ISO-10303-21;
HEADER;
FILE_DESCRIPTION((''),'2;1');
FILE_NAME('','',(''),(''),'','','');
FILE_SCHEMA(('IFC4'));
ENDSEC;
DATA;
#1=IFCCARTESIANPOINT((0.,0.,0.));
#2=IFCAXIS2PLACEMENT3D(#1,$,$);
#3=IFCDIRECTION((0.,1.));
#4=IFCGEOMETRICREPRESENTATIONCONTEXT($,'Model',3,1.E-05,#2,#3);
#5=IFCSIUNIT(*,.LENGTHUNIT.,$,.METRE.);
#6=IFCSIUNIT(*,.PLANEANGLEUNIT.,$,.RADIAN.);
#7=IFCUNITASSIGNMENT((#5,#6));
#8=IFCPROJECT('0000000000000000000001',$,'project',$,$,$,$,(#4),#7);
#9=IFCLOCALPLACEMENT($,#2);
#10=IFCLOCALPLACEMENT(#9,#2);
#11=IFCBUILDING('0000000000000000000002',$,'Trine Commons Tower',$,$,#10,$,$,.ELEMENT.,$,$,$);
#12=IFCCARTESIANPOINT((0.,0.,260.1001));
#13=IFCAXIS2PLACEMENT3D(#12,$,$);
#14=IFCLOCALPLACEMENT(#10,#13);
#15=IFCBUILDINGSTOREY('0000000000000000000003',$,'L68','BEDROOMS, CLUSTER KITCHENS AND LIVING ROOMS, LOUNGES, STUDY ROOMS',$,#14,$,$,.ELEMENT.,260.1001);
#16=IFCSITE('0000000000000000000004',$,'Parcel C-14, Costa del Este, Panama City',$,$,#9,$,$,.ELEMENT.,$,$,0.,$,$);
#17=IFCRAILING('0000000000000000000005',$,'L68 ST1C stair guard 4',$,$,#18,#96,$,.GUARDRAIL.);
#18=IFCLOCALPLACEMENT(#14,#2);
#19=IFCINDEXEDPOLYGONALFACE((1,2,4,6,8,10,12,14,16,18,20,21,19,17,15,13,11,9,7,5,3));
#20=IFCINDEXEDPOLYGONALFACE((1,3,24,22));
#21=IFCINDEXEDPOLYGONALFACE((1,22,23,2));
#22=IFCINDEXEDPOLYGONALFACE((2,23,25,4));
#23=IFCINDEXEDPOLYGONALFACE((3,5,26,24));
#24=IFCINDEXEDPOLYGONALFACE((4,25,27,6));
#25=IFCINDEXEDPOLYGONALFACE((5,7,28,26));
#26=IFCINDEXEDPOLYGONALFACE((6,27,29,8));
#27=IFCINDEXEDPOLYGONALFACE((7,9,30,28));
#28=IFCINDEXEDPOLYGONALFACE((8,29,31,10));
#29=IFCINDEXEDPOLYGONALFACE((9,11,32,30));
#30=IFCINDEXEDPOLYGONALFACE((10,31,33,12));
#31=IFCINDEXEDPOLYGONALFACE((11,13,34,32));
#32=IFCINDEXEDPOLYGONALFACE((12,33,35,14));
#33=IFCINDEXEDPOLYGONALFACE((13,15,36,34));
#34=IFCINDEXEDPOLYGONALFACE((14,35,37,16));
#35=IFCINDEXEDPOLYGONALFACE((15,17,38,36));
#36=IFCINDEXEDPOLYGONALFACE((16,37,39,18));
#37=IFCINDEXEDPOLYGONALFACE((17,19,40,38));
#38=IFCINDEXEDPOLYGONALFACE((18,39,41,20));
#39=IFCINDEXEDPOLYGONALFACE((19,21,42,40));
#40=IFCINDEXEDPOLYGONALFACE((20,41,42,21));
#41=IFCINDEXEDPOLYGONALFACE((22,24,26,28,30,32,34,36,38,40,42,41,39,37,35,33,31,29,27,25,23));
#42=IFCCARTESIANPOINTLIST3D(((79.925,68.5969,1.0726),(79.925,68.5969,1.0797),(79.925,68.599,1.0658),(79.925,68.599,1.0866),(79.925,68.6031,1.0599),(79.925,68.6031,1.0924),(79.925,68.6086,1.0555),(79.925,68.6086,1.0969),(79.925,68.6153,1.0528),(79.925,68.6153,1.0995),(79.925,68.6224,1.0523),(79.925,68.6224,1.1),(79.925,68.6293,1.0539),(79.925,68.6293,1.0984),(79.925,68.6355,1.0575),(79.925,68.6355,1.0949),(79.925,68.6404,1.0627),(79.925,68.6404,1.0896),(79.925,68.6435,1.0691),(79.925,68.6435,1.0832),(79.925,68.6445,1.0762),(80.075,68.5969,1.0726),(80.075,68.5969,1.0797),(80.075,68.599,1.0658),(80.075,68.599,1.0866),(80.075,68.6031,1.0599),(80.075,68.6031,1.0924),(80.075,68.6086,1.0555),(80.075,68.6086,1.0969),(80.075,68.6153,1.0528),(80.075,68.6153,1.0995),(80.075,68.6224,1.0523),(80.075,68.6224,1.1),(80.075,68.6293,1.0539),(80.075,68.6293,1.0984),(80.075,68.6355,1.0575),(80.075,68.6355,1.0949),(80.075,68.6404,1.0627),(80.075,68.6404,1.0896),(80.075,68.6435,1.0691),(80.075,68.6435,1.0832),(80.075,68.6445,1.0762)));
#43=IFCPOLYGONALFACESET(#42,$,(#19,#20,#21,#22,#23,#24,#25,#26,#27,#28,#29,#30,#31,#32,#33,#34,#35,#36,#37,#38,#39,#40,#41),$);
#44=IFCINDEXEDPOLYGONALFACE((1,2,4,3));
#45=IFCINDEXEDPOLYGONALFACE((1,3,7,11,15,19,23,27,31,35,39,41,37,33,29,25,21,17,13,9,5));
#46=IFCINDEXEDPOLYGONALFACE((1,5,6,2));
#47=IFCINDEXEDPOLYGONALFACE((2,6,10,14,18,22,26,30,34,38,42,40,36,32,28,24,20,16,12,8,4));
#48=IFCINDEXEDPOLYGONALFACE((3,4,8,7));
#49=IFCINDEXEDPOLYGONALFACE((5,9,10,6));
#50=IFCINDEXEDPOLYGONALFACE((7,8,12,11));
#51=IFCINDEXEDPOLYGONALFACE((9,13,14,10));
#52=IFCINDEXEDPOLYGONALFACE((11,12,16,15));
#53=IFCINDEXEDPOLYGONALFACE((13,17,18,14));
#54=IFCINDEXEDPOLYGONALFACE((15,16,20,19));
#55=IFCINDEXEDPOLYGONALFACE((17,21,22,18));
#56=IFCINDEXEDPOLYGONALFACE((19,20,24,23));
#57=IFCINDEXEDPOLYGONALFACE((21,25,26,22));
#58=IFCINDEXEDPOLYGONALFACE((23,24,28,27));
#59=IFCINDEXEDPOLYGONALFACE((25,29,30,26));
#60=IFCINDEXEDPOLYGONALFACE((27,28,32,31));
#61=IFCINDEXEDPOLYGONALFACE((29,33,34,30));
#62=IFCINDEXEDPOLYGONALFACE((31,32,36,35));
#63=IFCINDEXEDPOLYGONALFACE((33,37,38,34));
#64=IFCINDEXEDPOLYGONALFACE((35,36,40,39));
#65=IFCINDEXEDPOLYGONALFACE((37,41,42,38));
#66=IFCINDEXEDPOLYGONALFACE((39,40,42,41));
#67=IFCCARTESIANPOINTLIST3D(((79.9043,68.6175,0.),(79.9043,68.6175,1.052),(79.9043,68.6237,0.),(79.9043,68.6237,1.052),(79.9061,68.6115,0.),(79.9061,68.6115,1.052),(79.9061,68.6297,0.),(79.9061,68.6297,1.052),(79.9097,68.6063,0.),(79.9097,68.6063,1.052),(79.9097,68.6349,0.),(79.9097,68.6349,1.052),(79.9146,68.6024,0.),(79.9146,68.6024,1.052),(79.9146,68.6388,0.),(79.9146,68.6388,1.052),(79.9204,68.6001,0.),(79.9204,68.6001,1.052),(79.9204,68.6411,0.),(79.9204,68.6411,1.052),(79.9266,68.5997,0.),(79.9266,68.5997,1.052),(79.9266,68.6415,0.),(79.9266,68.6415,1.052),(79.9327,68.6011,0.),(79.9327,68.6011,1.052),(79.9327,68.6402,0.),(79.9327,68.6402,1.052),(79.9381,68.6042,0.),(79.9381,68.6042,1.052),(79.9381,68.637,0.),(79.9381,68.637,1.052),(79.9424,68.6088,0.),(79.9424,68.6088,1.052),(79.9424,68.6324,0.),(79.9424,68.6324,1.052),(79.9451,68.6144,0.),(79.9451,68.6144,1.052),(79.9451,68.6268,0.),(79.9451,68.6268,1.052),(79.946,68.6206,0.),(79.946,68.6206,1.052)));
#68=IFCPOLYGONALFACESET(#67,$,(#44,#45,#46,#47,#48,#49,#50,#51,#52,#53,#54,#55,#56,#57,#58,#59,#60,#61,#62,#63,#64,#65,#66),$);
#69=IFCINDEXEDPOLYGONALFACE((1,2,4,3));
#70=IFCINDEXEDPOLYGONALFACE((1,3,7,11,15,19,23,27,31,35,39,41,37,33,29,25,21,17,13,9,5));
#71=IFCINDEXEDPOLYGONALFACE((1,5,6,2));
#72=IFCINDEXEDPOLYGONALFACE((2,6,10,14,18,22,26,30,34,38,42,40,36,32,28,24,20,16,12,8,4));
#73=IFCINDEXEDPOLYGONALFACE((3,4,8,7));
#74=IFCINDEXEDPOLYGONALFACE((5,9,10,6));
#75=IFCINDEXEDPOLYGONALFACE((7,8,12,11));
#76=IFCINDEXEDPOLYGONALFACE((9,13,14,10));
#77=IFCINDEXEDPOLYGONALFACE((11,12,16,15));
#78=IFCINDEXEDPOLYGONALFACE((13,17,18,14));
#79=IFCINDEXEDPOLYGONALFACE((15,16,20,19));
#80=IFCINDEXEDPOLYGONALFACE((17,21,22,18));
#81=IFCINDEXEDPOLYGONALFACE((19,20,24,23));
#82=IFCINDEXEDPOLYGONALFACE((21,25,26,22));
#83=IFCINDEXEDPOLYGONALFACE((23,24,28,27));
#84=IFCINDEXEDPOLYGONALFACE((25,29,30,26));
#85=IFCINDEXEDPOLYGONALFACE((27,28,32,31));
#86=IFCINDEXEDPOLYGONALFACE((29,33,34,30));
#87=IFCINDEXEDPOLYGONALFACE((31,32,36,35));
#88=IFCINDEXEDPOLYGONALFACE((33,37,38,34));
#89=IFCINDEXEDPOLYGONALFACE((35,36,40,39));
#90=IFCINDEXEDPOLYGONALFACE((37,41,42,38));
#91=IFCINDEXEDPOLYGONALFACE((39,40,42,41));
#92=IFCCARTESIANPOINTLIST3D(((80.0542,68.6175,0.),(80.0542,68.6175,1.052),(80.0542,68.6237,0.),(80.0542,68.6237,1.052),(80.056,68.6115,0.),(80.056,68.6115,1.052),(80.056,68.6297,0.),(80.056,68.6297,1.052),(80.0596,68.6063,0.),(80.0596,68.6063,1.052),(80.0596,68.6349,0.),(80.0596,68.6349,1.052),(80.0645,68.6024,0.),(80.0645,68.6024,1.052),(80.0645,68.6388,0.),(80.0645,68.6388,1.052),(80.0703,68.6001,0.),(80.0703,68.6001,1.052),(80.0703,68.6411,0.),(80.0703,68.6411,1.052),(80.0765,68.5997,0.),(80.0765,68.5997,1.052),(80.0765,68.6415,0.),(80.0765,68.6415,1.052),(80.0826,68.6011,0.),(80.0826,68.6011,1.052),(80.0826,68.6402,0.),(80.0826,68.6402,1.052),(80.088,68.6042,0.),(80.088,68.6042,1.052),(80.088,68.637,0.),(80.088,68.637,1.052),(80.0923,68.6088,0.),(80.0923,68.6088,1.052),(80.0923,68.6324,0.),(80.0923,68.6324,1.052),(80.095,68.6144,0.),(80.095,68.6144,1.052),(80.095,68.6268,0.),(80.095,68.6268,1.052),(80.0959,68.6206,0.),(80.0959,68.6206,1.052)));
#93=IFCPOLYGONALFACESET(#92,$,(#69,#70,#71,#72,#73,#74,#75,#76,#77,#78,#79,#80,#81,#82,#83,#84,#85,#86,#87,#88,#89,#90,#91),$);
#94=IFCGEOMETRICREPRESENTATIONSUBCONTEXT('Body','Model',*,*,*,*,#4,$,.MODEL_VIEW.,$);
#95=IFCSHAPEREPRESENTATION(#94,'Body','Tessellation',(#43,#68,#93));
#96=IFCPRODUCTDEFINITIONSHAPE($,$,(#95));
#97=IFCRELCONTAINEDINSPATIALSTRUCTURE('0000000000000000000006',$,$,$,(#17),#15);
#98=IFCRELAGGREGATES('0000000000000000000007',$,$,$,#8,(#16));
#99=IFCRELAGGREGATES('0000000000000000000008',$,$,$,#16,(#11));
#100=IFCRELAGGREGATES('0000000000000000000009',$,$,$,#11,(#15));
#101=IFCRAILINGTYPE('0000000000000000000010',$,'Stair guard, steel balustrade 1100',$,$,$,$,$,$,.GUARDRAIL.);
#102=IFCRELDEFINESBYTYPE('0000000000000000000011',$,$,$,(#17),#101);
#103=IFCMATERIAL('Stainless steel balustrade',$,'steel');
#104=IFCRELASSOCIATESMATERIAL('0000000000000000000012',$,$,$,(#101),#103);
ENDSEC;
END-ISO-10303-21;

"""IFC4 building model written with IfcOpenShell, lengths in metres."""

from ifc_helpers import new_model, si_unit, direction, frame, origin, origin_2d, place, context, subcontext, project, spatial, circle, extrude, material, type_object, element, save


model = new_model("IFC4")

# Units and contexts
model_context = context("Model", 3, precision=1e-05, world=origin(), true_north=direction((0.0, 1.0)))
body_context = subcontext(model_context, "Body", "Model", "MODEL_VIEW")
ifc_project = project(units=[si_unit("LENGTHUNIT", "METRE"), si_unit("PLANEANGLEUNIT", "RADIAN")], contexts=[model_context])

# Site, building, storey
site_placement = place(None, origin())
site = spatial("IfcSite", under=ifc_project, at=site_placement, Name="Parcel C-14, Costa del Este, Panama City", CompositionType="ELEMENT", RefElevation=0.0)
building_placement = place(site_placement, origin())
building = spatial("IfcBuilding", under=site, at=building_placement, Name="Trine Commons Tower", CompositionType="ELEMENT")
storey_placement = place(building_placement, frame((0.0, 0.0, 260.1001)))
storey = spatial("IfcBuildingStorey", under=building, at=storey_placement, Name="L68", Description="BEDROOMS, CLUSTER KITCHENS AND LIVING ROOMS, LOUNGES, STUDY ROOMS", CompositionType="ELEMENT", Elevation=260.1001)

# Railing
ifc_material_1 = material(Name="Stainless steel balustrade", Category="steel")
railing_type_1 = type_object("IfcRailingType", Name="Stair guard, steel balustrade 1100", PredefinedType="GUARDRAIL", material=ifc_material_1)
railing_1_placement = place(storey_placement, frame((79.925, 68.6206, 0.0)))
element("IfcRailing", 1, at=railing_1_placement, inside=storey, type_object=railing_type_1, Name="L68 ST1C stair guard 4", PredefinedType="GUARDRAIL", context=body_context, shape_type="SweptSolid", body=[
    extrude(circle(Radius=0.0239, at=origin_2d()), frame((0.0, 0.0, 1.0762), z_axis=(1.0, 0.0, 0.0), x_axis=(0.0, 1.0, 0.0)), (0.0, 0.0, 1.0), 0.1499),
    extrude(circle(Radius=0.021, at=origin_2d()), origin(), (0.0, 0.0, 1.0), 1.052),
    extrude(circle(Radius=0.021, at=origin_2d()), frame((0.1499, 0.0, 0.0)), (0.0, 0.0, 1.0), 1.052),
])

save(model, "model.ifc")
